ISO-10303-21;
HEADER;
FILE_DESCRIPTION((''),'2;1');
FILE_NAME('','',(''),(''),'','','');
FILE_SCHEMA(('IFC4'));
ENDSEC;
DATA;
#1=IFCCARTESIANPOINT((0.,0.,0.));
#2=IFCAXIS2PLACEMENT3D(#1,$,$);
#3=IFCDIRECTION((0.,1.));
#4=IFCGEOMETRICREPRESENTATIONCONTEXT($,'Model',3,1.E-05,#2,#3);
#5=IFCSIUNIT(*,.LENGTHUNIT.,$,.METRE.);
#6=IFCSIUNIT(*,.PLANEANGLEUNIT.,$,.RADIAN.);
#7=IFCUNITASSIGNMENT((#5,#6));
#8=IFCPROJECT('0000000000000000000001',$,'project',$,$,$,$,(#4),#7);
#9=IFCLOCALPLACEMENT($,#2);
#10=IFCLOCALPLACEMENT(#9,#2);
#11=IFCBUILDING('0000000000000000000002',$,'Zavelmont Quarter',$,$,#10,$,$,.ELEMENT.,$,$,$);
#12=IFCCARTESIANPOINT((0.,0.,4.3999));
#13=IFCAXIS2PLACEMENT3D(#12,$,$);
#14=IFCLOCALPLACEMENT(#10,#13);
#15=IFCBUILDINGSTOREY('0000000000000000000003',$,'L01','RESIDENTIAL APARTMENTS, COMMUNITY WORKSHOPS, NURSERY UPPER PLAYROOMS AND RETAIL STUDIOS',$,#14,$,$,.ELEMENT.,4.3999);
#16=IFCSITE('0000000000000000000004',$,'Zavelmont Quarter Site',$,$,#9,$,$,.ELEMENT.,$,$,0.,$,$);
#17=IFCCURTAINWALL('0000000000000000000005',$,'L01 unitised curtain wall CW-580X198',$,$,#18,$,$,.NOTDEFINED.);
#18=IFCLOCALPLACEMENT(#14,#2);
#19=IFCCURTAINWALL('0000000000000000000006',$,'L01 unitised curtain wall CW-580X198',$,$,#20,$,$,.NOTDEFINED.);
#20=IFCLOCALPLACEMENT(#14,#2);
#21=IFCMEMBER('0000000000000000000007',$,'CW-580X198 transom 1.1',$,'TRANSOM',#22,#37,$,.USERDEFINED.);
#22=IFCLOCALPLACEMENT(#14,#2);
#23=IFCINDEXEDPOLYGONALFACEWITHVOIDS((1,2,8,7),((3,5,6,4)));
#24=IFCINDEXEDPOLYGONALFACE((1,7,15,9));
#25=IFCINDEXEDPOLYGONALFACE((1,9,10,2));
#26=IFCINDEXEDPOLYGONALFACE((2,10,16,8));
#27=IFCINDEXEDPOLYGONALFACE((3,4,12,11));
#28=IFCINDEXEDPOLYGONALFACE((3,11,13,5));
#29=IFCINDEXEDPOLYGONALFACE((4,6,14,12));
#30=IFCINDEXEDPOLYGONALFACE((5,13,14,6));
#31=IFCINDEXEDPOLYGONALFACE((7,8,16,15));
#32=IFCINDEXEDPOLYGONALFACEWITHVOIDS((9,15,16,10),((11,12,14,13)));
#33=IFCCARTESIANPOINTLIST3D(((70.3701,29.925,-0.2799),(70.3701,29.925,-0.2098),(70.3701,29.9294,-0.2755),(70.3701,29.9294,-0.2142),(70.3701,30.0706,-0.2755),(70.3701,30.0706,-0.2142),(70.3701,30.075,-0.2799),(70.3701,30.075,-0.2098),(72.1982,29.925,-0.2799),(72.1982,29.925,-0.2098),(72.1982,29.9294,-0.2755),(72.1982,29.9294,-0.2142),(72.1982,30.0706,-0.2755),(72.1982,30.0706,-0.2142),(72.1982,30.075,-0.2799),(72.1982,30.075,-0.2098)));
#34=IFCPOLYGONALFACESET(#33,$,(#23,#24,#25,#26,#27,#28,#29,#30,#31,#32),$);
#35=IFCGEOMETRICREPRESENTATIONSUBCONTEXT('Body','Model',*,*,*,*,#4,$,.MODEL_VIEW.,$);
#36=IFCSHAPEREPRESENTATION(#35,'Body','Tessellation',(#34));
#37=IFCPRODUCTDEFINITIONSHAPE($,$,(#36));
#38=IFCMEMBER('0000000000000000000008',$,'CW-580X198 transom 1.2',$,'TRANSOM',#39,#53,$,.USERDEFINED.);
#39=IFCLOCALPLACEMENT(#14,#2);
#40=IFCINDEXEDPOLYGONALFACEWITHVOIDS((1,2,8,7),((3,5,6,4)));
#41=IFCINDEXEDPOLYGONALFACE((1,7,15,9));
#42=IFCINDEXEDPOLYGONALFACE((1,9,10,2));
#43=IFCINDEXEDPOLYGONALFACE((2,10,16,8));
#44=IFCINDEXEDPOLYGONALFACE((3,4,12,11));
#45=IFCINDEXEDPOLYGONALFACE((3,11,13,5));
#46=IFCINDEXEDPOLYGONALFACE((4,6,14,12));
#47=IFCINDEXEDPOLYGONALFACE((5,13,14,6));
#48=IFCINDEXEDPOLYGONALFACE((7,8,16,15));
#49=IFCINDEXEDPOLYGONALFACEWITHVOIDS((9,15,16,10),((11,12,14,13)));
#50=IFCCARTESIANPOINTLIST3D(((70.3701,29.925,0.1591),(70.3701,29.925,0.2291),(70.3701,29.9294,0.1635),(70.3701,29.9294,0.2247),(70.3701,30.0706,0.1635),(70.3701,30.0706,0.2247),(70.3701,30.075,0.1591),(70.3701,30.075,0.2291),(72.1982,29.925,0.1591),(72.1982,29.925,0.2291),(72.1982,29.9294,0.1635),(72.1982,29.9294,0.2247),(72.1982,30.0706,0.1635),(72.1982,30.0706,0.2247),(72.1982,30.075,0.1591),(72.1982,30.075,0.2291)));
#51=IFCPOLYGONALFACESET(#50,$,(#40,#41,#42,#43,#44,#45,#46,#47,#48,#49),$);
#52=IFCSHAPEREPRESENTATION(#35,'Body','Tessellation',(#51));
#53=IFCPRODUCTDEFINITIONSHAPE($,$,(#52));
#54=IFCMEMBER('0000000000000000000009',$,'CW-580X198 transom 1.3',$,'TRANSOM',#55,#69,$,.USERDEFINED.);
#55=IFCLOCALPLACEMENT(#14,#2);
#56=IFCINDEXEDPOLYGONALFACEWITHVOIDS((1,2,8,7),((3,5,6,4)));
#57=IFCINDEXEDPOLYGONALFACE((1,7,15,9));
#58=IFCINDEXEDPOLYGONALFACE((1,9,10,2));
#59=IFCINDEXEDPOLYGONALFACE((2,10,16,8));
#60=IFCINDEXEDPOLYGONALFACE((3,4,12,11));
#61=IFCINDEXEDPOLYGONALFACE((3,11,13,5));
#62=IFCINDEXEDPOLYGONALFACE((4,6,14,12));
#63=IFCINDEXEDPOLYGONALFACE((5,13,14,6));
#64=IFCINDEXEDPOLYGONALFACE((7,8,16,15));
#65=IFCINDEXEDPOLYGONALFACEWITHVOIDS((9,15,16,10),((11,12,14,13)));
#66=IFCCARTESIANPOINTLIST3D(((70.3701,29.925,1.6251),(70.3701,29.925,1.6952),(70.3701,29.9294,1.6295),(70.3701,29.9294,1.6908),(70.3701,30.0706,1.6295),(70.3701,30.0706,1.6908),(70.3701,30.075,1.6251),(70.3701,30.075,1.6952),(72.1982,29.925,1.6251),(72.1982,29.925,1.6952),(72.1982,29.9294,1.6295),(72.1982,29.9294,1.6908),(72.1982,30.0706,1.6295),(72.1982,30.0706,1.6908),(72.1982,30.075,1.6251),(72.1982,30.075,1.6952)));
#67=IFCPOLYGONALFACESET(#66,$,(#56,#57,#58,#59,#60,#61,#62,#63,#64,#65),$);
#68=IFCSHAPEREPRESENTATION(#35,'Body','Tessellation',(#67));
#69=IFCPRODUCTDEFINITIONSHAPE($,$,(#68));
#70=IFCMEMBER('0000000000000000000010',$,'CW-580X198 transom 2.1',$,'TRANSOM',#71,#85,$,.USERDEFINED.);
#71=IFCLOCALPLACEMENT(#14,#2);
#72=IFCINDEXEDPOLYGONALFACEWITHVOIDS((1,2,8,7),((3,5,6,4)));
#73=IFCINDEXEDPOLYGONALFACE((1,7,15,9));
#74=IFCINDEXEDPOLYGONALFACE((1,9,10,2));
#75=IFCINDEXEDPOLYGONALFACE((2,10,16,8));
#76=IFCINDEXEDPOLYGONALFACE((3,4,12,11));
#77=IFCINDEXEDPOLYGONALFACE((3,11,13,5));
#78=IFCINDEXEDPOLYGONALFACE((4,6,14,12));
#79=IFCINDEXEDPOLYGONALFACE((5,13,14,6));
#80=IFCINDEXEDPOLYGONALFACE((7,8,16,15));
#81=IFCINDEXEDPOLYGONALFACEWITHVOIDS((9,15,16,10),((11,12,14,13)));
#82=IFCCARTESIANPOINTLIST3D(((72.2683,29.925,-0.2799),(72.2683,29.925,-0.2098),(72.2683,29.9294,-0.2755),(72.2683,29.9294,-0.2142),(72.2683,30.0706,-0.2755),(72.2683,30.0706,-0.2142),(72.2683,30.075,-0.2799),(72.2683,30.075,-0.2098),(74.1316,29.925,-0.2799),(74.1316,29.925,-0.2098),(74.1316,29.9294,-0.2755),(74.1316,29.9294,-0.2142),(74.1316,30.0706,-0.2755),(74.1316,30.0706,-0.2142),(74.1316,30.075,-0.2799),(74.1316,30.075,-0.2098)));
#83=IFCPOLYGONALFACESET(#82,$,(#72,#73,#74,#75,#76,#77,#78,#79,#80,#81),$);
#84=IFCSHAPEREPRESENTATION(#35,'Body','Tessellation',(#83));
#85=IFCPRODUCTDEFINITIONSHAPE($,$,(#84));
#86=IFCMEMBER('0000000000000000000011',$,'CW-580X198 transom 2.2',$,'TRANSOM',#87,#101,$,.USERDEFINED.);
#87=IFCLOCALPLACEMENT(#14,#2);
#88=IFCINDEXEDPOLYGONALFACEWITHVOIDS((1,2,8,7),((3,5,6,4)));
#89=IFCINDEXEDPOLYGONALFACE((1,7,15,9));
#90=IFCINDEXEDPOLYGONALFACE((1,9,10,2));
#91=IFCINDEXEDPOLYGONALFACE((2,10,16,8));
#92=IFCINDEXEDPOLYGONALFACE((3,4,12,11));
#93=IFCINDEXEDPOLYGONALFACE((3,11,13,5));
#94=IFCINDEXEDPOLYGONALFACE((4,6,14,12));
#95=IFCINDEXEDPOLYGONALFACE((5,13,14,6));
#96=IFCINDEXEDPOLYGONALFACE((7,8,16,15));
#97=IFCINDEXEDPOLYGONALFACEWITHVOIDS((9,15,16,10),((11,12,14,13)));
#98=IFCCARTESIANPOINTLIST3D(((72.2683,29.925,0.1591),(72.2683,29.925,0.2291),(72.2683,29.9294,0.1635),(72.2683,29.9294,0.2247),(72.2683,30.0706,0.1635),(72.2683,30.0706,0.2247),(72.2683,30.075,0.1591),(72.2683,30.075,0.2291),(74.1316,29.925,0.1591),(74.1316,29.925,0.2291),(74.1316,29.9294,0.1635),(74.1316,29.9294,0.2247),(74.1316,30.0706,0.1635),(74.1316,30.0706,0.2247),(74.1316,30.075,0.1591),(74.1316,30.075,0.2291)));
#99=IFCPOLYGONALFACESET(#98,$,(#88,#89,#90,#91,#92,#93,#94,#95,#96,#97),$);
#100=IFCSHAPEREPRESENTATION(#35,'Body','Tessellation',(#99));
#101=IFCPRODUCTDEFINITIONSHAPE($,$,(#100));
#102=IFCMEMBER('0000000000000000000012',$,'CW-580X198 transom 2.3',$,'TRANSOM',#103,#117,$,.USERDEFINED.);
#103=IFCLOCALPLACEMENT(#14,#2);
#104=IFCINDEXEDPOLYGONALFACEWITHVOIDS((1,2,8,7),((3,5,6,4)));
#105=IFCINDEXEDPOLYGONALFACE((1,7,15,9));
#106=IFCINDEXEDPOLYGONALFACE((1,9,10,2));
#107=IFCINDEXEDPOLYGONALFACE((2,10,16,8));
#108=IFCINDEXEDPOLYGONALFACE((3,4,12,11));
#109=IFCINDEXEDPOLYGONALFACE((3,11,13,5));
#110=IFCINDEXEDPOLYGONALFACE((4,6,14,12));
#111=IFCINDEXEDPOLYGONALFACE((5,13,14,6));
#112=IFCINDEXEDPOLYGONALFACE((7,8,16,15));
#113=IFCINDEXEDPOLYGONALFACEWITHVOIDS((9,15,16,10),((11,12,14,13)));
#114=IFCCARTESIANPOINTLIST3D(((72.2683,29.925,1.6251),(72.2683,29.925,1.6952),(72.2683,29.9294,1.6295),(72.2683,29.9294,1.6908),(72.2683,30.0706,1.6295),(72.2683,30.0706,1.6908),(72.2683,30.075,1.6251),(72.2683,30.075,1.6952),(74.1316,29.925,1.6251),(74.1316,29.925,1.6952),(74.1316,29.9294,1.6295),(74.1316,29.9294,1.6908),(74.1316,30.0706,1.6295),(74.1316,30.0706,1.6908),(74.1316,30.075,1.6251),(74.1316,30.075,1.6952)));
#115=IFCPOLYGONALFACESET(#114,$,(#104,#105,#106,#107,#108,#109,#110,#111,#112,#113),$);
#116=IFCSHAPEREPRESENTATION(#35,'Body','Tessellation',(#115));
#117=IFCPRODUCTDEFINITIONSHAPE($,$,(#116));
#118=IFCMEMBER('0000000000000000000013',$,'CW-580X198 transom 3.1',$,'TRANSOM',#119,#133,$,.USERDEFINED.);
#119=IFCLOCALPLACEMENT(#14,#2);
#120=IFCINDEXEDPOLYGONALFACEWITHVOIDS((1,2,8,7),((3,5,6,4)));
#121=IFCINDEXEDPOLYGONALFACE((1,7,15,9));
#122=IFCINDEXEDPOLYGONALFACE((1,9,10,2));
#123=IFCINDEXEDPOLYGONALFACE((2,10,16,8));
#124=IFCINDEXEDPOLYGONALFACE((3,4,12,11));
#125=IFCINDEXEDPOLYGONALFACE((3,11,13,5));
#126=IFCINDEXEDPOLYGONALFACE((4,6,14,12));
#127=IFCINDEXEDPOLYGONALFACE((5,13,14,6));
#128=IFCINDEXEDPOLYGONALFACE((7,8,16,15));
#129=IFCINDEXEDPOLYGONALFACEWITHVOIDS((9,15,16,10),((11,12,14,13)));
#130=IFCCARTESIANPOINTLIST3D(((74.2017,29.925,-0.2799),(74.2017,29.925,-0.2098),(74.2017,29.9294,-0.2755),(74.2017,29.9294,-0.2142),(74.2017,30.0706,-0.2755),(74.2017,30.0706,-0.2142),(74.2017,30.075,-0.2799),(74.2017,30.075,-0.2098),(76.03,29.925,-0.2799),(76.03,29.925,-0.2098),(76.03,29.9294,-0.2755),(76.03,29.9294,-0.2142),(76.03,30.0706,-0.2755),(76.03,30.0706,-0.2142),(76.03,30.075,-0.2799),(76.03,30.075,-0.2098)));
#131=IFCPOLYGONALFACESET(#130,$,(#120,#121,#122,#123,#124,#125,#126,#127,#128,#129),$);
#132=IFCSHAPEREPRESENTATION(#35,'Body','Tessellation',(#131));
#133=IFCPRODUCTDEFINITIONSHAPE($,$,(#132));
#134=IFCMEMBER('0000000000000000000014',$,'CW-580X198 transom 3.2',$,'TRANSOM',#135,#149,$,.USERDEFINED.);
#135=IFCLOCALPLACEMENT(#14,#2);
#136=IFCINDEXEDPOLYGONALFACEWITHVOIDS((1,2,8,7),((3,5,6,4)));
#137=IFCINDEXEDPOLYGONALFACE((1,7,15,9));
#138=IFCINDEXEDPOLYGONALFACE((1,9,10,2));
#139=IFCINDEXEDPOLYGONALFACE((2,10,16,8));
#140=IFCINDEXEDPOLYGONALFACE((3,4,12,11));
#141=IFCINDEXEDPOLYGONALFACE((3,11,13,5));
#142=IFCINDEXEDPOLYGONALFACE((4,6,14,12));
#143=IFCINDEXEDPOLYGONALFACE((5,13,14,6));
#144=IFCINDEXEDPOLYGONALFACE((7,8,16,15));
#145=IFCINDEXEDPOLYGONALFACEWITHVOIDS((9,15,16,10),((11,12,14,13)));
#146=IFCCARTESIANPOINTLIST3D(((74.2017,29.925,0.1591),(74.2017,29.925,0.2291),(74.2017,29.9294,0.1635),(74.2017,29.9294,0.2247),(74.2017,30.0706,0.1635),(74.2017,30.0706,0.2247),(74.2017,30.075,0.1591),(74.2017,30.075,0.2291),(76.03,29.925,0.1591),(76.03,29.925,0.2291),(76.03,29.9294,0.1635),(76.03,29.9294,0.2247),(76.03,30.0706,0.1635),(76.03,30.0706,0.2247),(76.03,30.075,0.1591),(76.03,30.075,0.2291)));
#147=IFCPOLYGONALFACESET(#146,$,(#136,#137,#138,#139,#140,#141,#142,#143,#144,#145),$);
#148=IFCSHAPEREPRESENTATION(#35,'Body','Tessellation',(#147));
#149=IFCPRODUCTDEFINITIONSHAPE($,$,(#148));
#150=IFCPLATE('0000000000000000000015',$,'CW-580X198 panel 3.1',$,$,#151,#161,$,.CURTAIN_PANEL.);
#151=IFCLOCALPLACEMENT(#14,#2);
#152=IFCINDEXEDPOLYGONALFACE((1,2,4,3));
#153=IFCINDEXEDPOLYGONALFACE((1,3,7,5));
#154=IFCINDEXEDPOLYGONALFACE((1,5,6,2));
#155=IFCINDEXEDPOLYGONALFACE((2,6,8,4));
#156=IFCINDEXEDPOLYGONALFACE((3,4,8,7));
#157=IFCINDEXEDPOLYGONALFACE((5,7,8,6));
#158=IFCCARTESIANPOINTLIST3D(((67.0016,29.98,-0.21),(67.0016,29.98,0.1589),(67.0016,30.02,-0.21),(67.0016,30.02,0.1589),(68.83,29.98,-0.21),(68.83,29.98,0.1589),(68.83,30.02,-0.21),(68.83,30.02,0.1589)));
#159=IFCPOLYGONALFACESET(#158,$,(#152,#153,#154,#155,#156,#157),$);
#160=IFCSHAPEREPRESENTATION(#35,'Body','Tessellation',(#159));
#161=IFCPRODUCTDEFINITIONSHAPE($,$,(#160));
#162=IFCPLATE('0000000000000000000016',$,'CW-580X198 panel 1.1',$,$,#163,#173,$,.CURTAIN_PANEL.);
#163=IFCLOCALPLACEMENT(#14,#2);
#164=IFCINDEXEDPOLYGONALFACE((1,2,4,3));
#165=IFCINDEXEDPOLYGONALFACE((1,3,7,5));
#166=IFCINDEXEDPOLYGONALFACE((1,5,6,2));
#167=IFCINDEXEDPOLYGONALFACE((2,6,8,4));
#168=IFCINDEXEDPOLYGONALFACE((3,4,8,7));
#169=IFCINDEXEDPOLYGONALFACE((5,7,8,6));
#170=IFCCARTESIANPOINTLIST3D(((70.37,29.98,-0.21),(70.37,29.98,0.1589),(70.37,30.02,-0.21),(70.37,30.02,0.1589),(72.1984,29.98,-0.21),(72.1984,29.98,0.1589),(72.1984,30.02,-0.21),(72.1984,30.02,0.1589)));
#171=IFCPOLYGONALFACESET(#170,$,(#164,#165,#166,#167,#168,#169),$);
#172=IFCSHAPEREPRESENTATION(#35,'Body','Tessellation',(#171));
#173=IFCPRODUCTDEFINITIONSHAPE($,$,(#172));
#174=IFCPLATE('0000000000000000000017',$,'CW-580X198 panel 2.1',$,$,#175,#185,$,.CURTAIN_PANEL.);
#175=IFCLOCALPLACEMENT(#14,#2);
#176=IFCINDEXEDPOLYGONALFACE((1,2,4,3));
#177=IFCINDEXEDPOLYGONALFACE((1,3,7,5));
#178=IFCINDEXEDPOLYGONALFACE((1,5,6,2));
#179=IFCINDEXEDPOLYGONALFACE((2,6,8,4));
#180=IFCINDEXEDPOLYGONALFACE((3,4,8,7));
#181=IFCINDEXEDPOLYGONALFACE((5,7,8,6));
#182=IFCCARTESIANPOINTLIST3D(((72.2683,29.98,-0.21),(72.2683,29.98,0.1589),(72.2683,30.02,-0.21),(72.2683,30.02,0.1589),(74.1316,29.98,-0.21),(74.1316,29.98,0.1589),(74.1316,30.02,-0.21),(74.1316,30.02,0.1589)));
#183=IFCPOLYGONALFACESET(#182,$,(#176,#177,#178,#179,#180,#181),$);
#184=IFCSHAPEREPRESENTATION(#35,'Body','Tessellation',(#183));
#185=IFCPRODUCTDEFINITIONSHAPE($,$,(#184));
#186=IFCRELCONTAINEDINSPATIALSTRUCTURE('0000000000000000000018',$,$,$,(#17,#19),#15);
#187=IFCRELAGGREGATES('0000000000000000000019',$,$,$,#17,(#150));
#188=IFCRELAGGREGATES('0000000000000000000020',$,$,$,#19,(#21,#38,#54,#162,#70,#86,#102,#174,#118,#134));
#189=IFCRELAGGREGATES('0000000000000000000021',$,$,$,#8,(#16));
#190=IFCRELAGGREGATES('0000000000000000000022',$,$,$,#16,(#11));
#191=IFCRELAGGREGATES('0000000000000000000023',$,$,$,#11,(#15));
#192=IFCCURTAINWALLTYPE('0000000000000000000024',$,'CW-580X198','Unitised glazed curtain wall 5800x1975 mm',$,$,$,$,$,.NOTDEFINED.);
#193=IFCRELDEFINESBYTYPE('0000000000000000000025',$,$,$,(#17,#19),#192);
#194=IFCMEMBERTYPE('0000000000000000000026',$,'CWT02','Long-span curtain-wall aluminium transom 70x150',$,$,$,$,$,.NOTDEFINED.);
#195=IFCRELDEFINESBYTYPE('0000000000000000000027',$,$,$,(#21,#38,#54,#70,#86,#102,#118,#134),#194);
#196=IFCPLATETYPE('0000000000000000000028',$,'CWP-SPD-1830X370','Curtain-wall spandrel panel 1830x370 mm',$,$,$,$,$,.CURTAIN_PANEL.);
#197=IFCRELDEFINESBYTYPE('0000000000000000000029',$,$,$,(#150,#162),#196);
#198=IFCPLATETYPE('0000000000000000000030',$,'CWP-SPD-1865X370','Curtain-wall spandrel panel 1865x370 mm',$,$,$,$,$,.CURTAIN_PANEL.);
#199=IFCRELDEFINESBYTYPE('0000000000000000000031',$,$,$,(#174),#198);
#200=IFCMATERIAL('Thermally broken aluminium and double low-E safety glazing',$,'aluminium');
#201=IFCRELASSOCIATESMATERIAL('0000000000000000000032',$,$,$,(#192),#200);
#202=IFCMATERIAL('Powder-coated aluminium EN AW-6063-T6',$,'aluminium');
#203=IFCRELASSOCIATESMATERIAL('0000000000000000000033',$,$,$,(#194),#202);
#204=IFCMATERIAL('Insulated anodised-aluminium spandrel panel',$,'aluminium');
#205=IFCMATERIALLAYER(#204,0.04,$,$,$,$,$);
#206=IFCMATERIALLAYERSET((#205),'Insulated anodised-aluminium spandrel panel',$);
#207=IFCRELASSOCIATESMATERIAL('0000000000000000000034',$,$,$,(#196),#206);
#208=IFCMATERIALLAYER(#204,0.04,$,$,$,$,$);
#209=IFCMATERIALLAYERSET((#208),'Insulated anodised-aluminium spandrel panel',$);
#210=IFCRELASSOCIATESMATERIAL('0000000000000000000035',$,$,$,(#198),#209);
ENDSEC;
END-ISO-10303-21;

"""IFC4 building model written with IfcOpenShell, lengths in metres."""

from ifc_helpers import new_model, si_unit, direction, frame, origin, origin_2d, place, context, subcontext, project, spatial, rectangle, hollow_rectangle, extrude, material, layer, layer_set, material_profile, profile_set, type_object, element, aggregate, save


model = new_model("IFC4")

# Units and contexts
model_context = context("Model", 3, precision=1e-05, world=origin(), true_north=direction((0.0, 1.0)))
body_context = subcontext(model_context, "Body", "Model", "MODEL_VIEW")
ifc_project = project(units=[si_unit("LENGTHUNIT", "METRE"), si_unit("PLANEANGLEUNIT", "RADIAN")], contexts=[model_context])

# Site, building, storey
site_placement = place(None, origin())
site = spatial("IfcSite", under=ifc_project, at=site_placement, Name="Zavelmont Quarter Site", CompositionType="ELEMENT", RefElevation=0.0)
building_placement = place(site_placement, origin())
building = spatial("IfcBuilding", under=site, at=building_placement, Name="Zavelmont Quarter", CompositionType="ELEMENT")
storey_placement = place(building_placement, frame((0.0, 0.0, 4.3999)))
storey = spatial("IfcBuildingStorey", under=building, at=storey_placement, Name="L01", Description="RESIDENTIAL APARTMENTS, COMMUNITY WORKSHOPS, NURSERY UPPER PLAYROOMS AND RETAIL STUDIOS", CompositionType="ELEMENT", Elevation=4.3999)

# Curtain walls
ifc_material_1 = material(Name="Thermally broken aluminium and double low-E safety glazing", Category="aluminium")
curtain_wall_type = type_object("IfcCurtainWallType", Name="CW-580X198", Description="Unitised glazed curtain wall 5800x1975 mm", PredefinedType="NOTDEFINED", material=ifc_material_1)
curtain_wall_1_placement = place(storey_placement, origin())
curtain_wall_1 = element("IfcCurtainWall", 1, at=curtain_wall_1_placement, inside=storey, type_object=curtain_wall_type, Name="L01 unitised curtain wall CW-580X198", PredefinedType="NOTDEFINED")
ifc_material_2 = material(Name="Powder-coated aluminium EN AW-6063-T6", Category="aluminium")
curtain_wall_2_placement = place(storey_placement, origin())
curtain_wall_2 = element("IfcCurtainWall", 2, at=curtain_wall_2_placement, inside=storey, type_object=curtain_wall_type, Name="L01 unitised curtain wall CW-580X198", PredefinedType="NOTDEFINED")

# Members
ifc_material_profile_1 = material_profile(ifc_material_2, hollow_rectangle(XDim=0.1499, YDim=0.0701, WallThickness=0.0044, at=origin_2d()), Name="CWT70X150")
ifc_profile_set_1 = profile_set([ifc_material_profile_1], Name="Powder-coated aluminium EN AW-6063-T6")
member_type_1 = type_object("IfcMemberType", Name="CWT02", Description="Long-span curtain-wall aluminium transom 70x150", PredefinedType="NOTDEFINED", material=ifc_profile_set_1)
member_1_placement = place(storey_placement, frame((70.3701, 30.0, -0.2449), z_axis=(1.0, 0.0, 0.0), x_axis=(0.0, 1.0, 0.0)))
member_1 = element("IfcMember", 3, at=member_1_placement, type_object=member_type_1, Name="CW-580X198 transom 1.1", ObjectType="TRANSOM", PredefinedType="USERDEFINED", context=body_context, shape_type="SweptSolid", body=[
    extrude(hollow_rectangle(XDim=0.1499, YDim=0.0701, WallThickness=0.0044, at=origin_2d()), origin(), (0.0, 0.0, 1.0), 1.8281),
])
member_2_placement = place(storey_placement, frame((70.3701, 30.0, 0.1941), z_axis=(1.0, 0.0, 0.0), x_axis=(0.0, 1.0, 0.0)))
member_2 = element("IfcMember", 4, at=member_2_placement, type_object=member_type_1, Name="CW-580X198 transom 1.2", ObjectType="TRANSOM", PredefinedType="USERDEFINED", context=body_context, shape_type="SweptSolid", body=[
    extrude(hollow_rectangle(XDim=0.1499, YDim=0.0701, WallThickness=0.0044, at=origin_2d()), origin(), (0.0, 0.0, 1.0), 1.8281),
])
member_3_placement = place(storey_placement, frame((70.3701, 30.0, 1.6602), z_axis=(1.0, 0.0, 0.0), x_axis=(0.0, 1.0, 0.0)))
member_3 = element("IfcMember", 5, at=member_3_placement, type_object=member_type_1, Name="CW-580X198 transom 1.3", ObjectType="TRANSOM", PredefinedType="USERDEFINED", context=body_context, shape_type="SweptSolid", body=[
    extrude(hollow_rectangle(XDim=0.1499, YDim=0.0701, WallThickness=0.0044, at=origin_2d()), origin(), (0.0, 0.0, 1.0), 1.8281),
])
member_4_placement = place(storey_placement, frame((72.2683, 30.0, -0.2449), z_axis=(1.0, 0.0, 0.0), x_axis=(0.0, 1.0, 0.0)))
member_4 = element("IfcMember", 6, at=member_4_placement, type_object=member_type_1, Name="CW-580X198 transom 2.1", ObjectType="TRANSOM", PredefinedType="USERDEFINED", context=body_context, shape_type="SweptSolid", body=[
    extrude(hollow_rectangle(XDim=0.1499, YDim=0.0701, WallThickness=0.0044, at=origin_2d()), origin(), (0.0, 0.0, 1.0), 1.8633),
])
member_5_placement = place(storey_placement, frame((72.2683, 30.0, 0.1941), z_axis=(1.0, 0.0, 0.0), x_axis=(0.0, 1.0, 0.0)))
member_5 = element("IfcMember", 7, at=member_5_placement, type_object=member_type_1, Name="CW-580X198 transom 2.2", ObjectType="TRANSOM", PredefinedType="USERDEFINED", context=body_context, shape_type="SweptSolid", body=[
    extrude(hollow_rectangle(XDim=0.1499, YDim=0.0701, WallThickness=0.0044, at=origin_2d()), origin(), (0.0, 0.0, 1.0), 1.8633),
])
member_6_placement = place(storey_placement, frame((72.2683, 30.0, 1.6602), z_axis=(1.0, 0.0, 0.0), x_axis=(0.0, 1.0, 0.0)))
member_6 = element("IfcMember", 8, at=member_6_placement, type_object=member_type_1, Name="CW-580X198 transom 2.3", ObjectType="TRANSOM", PredefinedType="USERDEFINED", context=body_context, shape_type="SweptSolid", body=[
    extrude(hollow_rectangle(XDim=0.1499, YDim=0.0701, WallThickness=0.0044, at=origin_2d()), origin(), (0.0, 0.0, 1.0), 1.8633),
])
member_7_placement = place(storey_placement, frame((74.2017, 30.0, -0.2449), z_axis=(1.0, 0.0, 0.0), x_axis=(0.0, 1.0, 0.0)))
member_7 = element("IfcMember", 9, at=member_7_placement, type_object=member_type_1, Name="CW-580X198 transom 3.1", ObjectType="TRANSOM", PredefinedType="USERDEFINED", context=body_context, shape_type="SweptSolid", body=[
    extrude(hollow_rectangle(XDim=0.1499, YDim=0.0701, WallThickness=0.0044, at=origin_2d()), origin(), (0.0, 0.0, 1.0), 1.8284),
])
member_8_placement = place(storey_placement, frame((74.2017, 30.0, 0.1941), z_axis=(1.0, 0.0, 0.0), x_axis=(0.0, 1.0, 0.0)))
member_8 = element("IfcMember", 10, at=member_8_placement, type_object=member_type_1, Name="CW-580X198 transom 3.2", ObjectType="TRANSOM", PredefinedType="USERDEFINED", context=body_context, shape_type="SweptSolid", body=[
    extrude(hollow_rectangle(XDim=0.1499, YDim=0.0701, WallThickness=0.0044, at=origin_2d()), origin(), (0.0, 0.0, 1.0), 1.8284),
])

# Plates
ifc_material_3 = material(Name="Insulated anodised-aluminium spandrel panel", Category="aluminium")
ifc_layer_1 = layer(ifc_material_3, 0.04)
ifc_layer_set_1 = layer_set([ifc_layer_1], Name="Insulated anodised-aluminium spandrel panel")
plate_type_1 = type_object("IfcPlateType", Name="CWP-SPD-1830X370", Description="Curtain-wall spandrel panel 1830x370 mm", PredefinedType="CURTAIN_PANEL", material=ifc_layer_set_1)
plate_1_placement = place(storey_placement, frame((67.9158, 30.0, -0.21), z_axis=(0.0, 0.0, 1.0), x_axis=(1.0, 0.0, 0.0)))
plate_1 = element("IfcPlate", 11, at=plate_1_placement, type_object=plate_type_1, Name="CW-580X198 panel 3.1", PredefinedType="CURTAIN_PANEL", context=body_context, shape_type="SweptSolid", body=[
    extrude(rectangle(XDim=1.8284, YDim=0.04, at=origin_2d()), origin(), (0.0, 0.0, 1.0), 0.3689),
])
plate_2_placement = place(storey_placement, frame((71.2842, 30.0, -0.21), z_axis=(0.0, 0.0, 1.0), x_axis=(1.0, 0.0, 0.0)))
plate_2 = element("IfcPlate", 12, at=plate_2_placement, type_object=plate_type_1, Name="CW-580X198 panel 1.1", PredefinedType="CURTAIN_PANEL", context=body_context, shape_type="SweptSolid", body=[
    extrude(rectangle(XDim=1.8284, YDim=0.04, at=origin_2d()), origin(), (0.0, 0.0, 1.0), 0.3689),
])
ifc_layer_2 = layer(ifc_material_3, 0.04)
ifc_layer_set_2 = layer_set([ifc_layer_2], Name="Insulated anodised-aluminium spandrel panel")
plate_type_2 = type_object("IfcPlateType", Name="CWP-SPD-1865X370", Description="Curtain-wall spandrel panel 1865x370 mm", PredefinedType="CURTAIN_PANEL", material=ifc_layer_set_2)
plate_3_placement = place(storey_placement, frame((73.2, 30.0, -0.21), z_axis=(0.0, 0.0, 1.0), x_axis=(1.0, 0.0, 0.0)))
plate_3 = element("IfcPlate", 13, at=plate_3_placement, type_object=plate_type_2, Name="CW-580X198 panel 2.1", PredefinedType="CURTAIN_PANEL", context=body_context, shape_type="SweptSolid", body=[
    extrude(rectangle(XDim=1.8633, YDim=0.04, at=origin_2d()), origin(), (0.0, 0.0, 1.0), 0.3689),
])
aggregate(curtain_wall_1, [plate_1])
aggregate(curtain_wall_2, [member_1, member_2, member_3, plate_2, member_4, member_5, member_6, plate_3, member_7, member_8])

save(model, "model.ifc")
